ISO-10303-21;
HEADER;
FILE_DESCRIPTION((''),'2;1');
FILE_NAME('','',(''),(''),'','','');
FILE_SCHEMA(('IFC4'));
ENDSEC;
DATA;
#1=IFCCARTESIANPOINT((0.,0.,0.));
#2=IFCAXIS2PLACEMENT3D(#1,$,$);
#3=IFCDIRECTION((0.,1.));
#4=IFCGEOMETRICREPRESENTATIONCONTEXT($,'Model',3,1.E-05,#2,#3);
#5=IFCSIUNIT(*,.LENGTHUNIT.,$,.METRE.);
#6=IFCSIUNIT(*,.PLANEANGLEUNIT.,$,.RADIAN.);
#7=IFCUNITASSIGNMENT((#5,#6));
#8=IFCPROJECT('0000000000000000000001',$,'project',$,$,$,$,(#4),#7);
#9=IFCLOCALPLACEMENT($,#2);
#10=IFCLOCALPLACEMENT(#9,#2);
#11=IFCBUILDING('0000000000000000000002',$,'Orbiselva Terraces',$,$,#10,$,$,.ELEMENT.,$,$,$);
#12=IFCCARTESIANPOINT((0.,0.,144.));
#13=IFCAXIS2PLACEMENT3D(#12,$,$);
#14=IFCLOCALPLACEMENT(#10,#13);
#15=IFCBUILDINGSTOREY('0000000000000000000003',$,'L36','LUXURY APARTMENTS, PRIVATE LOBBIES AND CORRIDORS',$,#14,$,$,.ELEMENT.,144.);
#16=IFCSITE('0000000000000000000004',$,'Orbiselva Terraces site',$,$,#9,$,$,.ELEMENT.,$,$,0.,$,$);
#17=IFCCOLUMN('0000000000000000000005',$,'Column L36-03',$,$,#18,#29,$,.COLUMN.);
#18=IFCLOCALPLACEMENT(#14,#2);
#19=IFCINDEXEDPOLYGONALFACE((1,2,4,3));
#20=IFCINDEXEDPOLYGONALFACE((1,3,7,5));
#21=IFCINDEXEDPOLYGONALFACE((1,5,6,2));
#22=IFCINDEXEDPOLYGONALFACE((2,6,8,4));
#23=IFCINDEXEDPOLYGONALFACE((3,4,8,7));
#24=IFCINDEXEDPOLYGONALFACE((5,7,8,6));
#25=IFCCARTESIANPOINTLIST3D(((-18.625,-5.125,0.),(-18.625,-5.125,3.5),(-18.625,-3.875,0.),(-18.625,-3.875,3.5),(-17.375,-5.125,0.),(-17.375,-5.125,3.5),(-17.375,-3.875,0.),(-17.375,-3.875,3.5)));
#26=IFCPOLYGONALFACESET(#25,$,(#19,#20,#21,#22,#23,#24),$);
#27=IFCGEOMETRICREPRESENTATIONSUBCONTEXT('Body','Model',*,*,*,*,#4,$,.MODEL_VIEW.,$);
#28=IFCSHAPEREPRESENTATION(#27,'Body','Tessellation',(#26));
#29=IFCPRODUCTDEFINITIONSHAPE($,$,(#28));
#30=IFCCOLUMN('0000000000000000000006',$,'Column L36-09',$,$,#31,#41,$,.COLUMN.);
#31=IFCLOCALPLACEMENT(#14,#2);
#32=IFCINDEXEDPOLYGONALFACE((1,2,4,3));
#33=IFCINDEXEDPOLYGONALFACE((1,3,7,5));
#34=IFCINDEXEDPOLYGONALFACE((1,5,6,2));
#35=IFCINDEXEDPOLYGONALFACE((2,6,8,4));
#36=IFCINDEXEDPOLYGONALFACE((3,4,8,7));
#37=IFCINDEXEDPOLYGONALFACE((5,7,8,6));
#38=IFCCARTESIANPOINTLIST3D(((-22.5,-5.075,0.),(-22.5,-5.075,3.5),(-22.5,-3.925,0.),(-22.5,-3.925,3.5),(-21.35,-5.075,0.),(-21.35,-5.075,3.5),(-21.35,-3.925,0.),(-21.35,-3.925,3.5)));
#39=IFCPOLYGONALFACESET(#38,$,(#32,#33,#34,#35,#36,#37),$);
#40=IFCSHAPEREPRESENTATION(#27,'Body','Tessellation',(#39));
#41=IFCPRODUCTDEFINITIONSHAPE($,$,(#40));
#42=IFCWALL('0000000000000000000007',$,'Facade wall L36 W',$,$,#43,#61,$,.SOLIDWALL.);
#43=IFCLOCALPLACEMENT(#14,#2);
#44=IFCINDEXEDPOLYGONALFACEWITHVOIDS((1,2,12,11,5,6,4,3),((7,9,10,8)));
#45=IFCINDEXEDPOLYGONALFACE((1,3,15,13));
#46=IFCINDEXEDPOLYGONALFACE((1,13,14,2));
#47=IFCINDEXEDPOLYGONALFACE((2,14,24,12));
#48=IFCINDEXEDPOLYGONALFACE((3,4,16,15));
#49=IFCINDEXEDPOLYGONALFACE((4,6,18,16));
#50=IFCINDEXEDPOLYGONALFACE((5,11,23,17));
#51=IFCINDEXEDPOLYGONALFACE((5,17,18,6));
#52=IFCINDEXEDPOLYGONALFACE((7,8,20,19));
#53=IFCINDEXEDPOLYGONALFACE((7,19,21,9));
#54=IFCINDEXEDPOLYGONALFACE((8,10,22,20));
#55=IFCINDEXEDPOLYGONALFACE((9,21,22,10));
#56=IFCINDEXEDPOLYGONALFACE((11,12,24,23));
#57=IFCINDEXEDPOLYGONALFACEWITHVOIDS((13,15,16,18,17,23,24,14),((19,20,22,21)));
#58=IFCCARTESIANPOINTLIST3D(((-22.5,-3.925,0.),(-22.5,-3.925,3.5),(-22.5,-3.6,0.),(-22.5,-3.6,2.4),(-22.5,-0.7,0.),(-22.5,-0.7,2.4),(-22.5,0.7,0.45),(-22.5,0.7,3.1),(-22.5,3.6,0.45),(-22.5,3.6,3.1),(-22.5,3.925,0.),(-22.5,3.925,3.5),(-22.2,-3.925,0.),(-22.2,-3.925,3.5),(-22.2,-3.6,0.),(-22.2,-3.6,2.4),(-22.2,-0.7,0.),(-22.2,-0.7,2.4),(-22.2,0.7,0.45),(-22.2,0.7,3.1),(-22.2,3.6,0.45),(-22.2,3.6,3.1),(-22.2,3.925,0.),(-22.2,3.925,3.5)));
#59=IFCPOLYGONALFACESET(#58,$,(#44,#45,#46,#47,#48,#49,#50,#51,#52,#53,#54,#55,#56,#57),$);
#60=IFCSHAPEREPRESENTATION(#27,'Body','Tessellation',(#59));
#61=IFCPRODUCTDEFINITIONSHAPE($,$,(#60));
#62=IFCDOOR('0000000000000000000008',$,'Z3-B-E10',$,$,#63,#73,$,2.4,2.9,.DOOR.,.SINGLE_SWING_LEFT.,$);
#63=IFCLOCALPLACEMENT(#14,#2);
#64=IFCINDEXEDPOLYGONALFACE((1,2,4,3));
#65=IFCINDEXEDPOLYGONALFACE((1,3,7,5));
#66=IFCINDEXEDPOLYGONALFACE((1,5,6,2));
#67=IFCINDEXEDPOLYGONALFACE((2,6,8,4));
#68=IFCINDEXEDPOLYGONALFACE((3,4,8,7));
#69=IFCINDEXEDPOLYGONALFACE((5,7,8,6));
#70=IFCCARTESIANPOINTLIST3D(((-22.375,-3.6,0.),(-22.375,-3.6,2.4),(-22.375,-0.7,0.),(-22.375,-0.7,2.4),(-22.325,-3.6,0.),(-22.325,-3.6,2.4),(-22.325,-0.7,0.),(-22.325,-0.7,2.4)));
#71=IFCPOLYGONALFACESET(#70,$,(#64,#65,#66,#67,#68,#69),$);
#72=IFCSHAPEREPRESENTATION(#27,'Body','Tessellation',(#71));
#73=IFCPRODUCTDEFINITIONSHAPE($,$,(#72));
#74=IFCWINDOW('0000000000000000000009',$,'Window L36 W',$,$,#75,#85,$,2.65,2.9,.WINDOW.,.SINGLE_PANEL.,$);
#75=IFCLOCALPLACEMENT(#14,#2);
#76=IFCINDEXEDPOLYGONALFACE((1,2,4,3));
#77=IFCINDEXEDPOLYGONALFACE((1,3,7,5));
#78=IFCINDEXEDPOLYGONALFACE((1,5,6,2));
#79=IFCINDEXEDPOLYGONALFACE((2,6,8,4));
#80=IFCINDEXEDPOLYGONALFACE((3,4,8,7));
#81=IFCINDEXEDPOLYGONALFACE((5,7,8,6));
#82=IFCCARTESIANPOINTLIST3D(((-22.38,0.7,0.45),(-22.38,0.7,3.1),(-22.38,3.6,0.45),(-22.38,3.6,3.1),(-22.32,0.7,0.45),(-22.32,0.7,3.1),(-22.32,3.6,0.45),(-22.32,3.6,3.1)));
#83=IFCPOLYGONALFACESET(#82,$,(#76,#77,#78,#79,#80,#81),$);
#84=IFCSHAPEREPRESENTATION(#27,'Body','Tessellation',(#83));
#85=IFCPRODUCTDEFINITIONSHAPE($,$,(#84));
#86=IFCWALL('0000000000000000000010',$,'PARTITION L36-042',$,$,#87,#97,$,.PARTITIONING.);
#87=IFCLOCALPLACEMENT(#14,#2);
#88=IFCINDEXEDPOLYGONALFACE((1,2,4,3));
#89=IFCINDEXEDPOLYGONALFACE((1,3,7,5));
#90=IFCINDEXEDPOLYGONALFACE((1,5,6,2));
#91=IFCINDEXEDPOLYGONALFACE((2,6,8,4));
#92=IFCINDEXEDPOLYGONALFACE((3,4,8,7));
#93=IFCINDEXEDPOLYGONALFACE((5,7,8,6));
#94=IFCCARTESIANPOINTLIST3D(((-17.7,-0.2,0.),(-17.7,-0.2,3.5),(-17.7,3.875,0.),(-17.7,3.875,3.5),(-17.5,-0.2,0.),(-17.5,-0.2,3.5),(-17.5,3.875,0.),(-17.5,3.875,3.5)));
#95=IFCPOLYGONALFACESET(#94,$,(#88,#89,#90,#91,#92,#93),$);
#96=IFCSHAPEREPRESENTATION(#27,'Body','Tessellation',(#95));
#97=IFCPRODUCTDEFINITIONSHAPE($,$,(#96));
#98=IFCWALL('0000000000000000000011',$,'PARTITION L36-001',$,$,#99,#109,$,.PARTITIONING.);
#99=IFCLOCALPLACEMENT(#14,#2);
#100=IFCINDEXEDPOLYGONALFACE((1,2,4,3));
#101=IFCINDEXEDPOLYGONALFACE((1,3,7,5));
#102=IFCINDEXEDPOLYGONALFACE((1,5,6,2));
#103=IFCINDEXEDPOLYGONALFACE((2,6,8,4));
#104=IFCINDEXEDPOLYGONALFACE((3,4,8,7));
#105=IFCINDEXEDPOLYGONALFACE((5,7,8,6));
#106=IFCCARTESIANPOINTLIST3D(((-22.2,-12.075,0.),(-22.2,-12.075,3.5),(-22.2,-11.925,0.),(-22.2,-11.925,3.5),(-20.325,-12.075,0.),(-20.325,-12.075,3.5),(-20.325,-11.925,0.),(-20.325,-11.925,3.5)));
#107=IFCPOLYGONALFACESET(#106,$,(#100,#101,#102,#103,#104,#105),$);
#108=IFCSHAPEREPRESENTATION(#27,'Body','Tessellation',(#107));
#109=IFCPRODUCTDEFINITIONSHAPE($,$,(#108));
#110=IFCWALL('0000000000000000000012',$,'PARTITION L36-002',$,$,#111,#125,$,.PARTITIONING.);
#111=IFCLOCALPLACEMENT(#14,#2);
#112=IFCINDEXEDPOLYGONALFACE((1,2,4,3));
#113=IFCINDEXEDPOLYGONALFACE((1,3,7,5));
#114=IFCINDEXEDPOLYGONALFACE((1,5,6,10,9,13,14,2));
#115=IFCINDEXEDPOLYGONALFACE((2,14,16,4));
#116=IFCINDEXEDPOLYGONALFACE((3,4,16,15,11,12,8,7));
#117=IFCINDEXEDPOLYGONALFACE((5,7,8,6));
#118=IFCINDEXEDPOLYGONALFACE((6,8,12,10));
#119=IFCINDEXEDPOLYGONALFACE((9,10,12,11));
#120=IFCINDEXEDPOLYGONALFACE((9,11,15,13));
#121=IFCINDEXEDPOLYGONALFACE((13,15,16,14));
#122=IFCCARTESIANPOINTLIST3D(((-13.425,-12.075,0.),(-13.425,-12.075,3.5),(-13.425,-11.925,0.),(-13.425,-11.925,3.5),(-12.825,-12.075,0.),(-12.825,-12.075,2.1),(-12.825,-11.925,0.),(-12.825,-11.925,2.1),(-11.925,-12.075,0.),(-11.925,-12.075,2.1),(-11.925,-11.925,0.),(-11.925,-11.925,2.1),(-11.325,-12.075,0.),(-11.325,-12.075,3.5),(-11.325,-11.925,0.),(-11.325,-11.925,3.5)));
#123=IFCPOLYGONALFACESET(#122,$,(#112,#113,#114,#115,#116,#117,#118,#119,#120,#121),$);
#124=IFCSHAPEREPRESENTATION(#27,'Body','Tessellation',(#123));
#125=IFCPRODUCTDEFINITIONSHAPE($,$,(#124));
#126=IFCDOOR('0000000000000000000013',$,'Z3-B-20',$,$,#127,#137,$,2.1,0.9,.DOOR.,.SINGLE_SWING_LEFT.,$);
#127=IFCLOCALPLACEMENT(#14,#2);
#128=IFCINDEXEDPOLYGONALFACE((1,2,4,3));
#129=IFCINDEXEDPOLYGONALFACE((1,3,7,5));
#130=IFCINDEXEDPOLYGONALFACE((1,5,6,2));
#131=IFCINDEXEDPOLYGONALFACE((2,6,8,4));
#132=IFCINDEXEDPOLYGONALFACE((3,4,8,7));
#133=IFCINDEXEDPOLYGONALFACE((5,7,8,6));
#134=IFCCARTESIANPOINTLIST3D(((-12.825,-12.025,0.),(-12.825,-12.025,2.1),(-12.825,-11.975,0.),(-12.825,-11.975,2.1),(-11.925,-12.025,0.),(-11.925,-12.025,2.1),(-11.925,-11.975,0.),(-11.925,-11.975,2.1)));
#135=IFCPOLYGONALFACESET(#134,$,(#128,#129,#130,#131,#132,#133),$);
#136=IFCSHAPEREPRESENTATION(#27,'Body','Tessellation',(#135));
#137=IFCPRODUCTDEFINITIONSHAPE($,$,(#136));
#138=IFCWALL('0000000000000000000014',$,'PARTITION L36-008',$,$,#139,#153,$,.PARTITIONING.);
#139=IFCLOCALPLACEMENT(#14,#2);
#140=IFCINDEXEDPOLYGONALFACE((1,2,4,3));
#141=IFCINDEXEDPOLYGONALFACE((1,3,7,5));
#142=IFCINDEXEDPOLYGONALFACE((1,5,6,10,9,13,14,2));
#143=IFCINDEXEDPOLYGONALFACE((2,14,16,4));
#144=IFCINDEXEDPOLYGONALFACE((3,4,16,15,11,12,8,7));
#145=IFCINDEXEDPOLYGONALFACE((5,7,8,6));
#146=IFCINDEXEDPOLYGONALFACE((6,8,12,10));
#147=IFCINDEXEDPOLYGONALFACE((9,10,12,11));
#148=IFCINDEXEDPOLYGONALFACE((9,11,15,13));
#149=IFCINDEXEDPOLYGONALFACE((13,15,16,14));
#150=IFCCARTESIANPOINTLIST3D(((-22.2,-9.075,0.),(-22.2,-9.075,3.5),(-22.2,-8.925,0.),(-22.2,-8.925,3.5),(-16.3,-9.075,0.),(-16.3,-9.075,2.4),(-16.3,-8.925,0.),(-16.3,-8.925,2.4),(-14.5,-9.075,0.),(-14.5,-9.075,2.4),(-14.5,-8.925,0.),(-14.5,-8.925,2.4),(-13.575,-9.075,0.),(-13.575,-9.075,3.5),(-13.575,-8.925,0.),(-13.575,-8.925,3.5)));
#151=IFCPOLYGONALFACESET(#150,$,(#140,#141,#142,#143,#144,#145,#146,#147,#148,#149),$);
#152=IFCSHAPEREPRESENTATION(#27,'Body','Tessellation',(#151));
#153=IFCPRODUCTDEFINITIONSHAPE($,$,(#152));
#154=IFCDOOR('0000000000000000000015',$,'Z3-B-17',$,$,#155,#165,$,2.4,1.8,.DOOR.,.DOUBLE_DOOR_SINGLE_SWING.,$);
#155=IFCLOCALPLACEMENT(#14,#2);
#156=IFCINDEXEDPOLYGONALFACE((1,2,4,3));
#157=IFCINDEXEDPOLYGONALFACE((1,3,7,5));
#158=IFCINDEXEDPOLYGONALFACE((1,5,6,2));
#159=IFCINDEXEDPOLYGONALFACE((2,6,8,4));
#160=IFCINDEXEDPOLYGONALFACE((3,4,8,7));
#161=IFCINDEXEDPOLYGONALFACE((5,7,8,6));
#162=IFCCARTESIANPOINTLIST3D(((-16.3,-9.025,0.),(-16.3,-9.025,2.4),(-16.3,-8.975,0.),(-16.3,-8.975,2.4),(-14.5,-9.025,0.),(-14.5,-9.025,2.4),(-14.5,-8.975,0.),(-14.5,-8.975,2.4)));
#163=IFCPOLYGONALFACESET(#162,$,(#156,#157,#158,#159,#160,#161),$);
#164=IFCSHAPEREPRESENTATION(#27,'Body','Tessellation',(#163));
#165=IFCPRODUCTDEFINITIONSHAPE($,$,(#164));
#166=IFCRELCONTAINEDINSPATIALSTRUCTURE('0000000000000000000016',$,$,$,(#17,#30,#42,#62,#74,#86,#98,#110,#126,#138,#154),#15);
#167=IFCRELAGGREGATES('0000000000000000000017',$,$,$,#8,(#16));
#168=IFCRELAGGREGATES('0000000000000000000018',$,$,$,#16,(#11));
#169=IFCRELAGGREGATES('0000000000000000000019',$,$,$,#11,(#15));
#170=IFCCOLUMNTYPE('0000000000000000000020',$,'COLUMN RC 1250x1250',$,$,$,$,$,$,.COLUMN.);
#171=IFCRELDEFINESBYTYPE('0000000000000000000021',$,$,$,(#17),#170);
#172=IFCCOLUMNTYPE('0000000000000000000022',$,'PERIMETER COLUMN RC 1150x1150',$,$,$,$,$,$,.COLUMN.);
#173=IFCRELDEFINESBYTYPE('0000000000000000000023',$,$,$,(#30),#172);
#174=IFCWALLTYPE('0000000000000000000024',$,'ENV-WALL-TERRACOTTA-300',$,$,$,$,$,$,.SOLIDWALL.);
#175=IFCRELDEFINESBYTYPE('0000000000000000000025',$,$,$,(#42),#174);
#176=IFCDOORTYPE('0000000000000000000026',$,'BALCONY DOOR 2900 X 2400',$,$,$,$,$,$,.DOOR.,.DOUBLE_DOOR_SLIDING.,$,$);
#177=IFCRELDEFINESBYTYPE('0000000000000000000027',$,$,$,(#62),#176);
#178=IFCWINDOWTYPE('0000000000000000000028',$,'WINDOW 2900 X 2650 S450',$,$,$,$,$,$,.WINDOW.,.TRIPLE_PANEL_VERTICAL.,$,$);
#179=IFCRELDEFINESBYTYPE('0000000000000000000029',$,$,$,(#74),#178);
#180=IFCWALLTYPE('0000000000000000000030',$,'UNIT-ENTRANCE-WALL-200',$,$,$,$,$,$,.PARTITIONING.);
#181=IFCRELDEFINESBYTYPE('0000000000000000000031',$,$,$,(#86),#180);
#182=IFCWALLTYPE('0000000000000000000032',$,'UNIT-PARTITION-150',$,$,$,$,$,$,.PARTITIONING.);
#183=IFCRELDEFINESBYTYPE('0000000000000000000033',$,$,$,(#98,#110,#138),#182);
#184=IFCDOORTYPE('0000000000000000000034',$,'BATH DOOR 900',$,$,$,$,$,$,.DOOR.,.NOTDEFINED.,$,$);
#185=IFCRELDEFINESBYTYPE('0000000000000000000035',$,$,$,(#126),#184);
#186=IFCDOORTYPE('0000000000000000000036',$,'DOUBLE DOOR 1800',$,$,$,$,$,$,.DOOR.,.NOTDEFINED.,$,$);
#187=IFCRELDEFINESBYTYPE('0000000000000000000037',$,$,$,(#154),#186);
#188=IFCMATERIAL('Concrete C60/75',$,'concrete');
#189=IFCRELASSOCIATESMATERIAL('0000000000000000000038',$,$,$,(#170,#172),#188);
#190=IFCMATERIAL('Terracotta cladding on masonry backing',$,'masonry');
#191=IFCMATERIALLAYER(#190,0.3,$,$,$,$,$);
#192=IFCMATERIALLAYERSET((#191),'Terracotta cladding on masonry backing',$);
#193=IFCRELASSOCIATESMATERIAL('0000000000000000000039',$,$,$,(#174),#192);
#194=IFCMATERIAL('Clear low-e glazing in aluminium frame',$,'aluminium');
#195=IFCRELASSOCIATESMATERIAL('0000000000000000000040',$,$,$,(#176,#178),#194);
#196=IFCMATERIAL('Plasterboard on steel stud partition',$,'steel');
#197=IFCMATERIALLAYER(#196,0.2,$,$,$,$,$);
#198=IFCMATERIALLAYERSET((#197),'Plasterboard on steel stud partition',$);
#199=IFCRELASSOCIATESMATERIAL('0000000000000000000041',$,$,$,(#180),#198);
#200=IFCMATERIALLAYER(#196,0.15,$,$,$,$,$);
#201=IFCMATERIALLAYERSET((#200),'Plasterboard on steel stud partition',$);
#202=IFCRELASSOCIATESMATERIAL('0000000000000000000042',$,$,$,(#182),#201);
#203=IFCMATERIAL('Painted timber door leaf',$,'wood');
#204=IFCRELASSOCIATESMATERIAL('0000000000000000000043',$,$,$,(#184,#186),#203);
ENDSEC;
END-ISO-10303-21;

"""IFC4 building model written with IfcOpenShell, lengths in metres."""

from ifc_helpers import new_model, si_unit, direction, frame, frame_2d, origin, origin_2d, place, context, subcontext, project, spatial, rectangle, extrude, material, layer, layer_set, material_profile, profile_set, type_object, element, fill, save


model = new_model("IFC4")

# Units and contexts
model_context = context("Model", 3, precision=1e-05, world=origin(), true_north=direction((0.0, 1.0)))
body_context = subcontext(model_context, "Body", "Model", "MODEL_VIEW")
ifc_project = project(units=[si_unit("LENGTHUNIT", "METRE"), si_unit("PLANEANGLEUNIT", "RADIAN")], contexts=[model_context])

# Site, building, storey
site_placement = place(None, origin())
site = spatial("IfcSite", under=ifc_project, at=site_placement, Name="Orbiselva Terraces site", CompositionType="ELEMENT", RefElevation=0.0)
building_placement = place(site_placement, origin())
building = spatial("IfcBuilding", under=site, at=building_placement, Name="Orbiselva Terraces", CompositionType="ELEMENT")
storey_placement = place(building_placement, frame((0.0, 0.0, 144.0)))
storey = spatial("IfcBuildingStorey", under=building, at=storey_placement, Name="L36", Description="LUXURY APARTMENTS, PRIVATE LOBBIES AND CORRIDORS", CompositionType="ELEMENT", Elevation=144.0)

# Columns
ifc_material_1 = material(Name="Concrete C60/75", Category="concrete")
ifc_material_profile_1 = material_profile(ifc_material_1, rectangle(XDim=1.25, YDim=1.25, at=origin_2d()), Name="RC 1250x1250")
ifc_profile_set_1 = profile_set([ifc_material_profile_1], Name="Concrete C60/75")
column_type_1 = type_object("IfcColumnType", Name="COLUMN RC 1250x1250", PredefinedType="COLUMN", material=ifc_profile_set_1)
column_1_placement = place(storey_placement, frame((-18.0, -4.5, 0.0), z_axis=(0.0, 0.0, 1.0), x_axis=(1.0, 0.0, 0.0)))
element("IfcColumn", 1, at=column_1_placement, inside=storey, type_object=column_type_1, Name="Column L36-03", PredefinedType="COLUMN", context=body_context, shape_type="SweptSolid", body=[
    extrude(rectangle(XDim=1.25, YDim=1.25, at=origin_2d()), origin(), (0.0, 0.0, 1.0), 3.5),
])
ifc_material_profile_2 = material_profile(ifc_material_1, rectangle(XDim=1.15, YDim=1.15, at=origin_2d()), Name="RC 1150x1150")
ifc_profile_set_2 = profile_set([ifc_material_profile_2], Name="Concrete C60/75")
column_type_2 = type_object("IfcColumnType", Name="PERIMETER COLUMN RC 1150x1150", PredefinedType="COLUMN", material=ifc_profile_set_2)
column_2_placement = place(storey_placement, frame((-21.925, -4.5, 0.0), z_axis=(0.0, 0.0, 1.0), x_axis=(1.0, 0.0, 0.0)))
element("IfcColumn", 2, at=column_2_placement, inside=storey, type_object=column_type_2, Name="Column L36-09", PredefinedType="COLUMN", context=body_context, shape_type="SweptSolid", body=[
    extrude(rectangle(XDim=1.15, YDim=1.15, at=origin_2d()), origin(), (0.0, 0.0, 1.0), 3.5),
])

# Wall, openings, door, window
ifc_material_2 = material(Name="Terracotta cladding on masonry backing", Category="masonry")
ifc_layer_1 = layer(ifc_material_2, 0.3)
ifc_layer_set_1 = layer_set([ifc_layer_1], Name="Terracotta cladding on masonry backing")
wall_type_1 = type_object("IfcWallType", Name="ENV-WALL-TERRACOTTA-300", PredefinedType="SOLIDWALL", material=ifc_layer_set_1)
wall_1_placement = place(storey_placement, frame((-22.35, -3.925, 0.0), z_axis=(0.0, 0.0, 1.0), x_axis=(0.0, 1.0, 0.0)))
wall_1 = element("IfcWall", 3, at=wall_1_placement, inside=storey, type_object=wall_type_1, Name="Facade wall L36 W", PredefinedType="SOLIDWALL", context=body_context, shape_type="SweptSolid", body=[
    extrude(rectangle(XDim=7.85, YDim=0.3, at=frame_2d((3.925, 0.0))), origin(), (0.0, 0.0, 1.0), 3.5),
])
opening_1_placement = place(wall_1_placement, frame((4.625, 0.0, 0.45)))
opening_1 = element("IfcOpeningElement", 4, at=opening_1_placement, cuts=wall_1, PredefinedType="OPENING", context=body_context, shape_type="SweptSolid", body=[
    extrude(rectangle(XDim=2.9, YDim=2.65, at=frame_2d((1.45, 1.325))), frame((0.0, 0.16, 0.0), z_axis=(0.0, -1.0, 0.0), x_axis=(1.0, 0.0, 0.0)), (0.0, 0.0, 1.0), 0.32),
])
opening_2_placement = place(wall_1_placement, frame((0.325, 0.0, 0.0)))
opening_2 = element("IfcOpeningElement", 5, at=opening_2_placement, cuts=wall_1, PredefinedType="OPENING", context=body_context, shape_type="SweptSolid", body=[
    extrude(rectangle(XDim=2.9, YDim=2.4, at=frame_2d((1.45, 1.2))), frame((0.0, 0.16, 0.0), z_axis=(0.0, -1.0, 0.0), x_axis=(1.0, 0.0, 0.0)), (0.0, 0.0, 1.0), 0.32),
])
ifc_material_3 = material(Name="Clear low-e glazing in aluminium frame", Category="aluminium")
door_type_1 = type_object("IfcDoorType", Name="BALCONY DOOR 2900 X 2400", OperationType="DOUBLE_DOOR_SLIDING", PredefinedType="DOOR", material=ifc_material_3)
door_1_placement = place(opening_2_placement, origin())
door_1 = element("IfcDoor", 6, at=door_1_placement, inside=storey, type_object=door_type_1, Name="Z3-B-E10", OperationType="SINGLE_SWING_LEFT", OverallHeight=2.4, OverallWidth=2.9, PredefinedType="DOOR", context=body_context, shape_type="SweptSolid", body=[
    extrude(rectangle(XDim=2.9, YDim=2.4, at=frame_2d((1.45, 1.2))), frame((0.0, 0.025, 0.0), z_axis=(0.0, -1.0, 0.0), x_axis=(1.0, 0.0, 0.0)), (0.0, 0.0, 1.0), 0.05),
])
fill(opening_2, door_1)
window_type = type_object("IfcWindowType", Name="WINDOW 2900 X 2650 S450", PartitioningType="TRIPLE_PANEL_VERTICAL", PredefinedType="WINDOW", material=ifc_material_3)
window_placement = place(opening_1_placement, origin())
window = element("IfcWindow", 7, at=window_placement, inside=storey, type_object=window_type, Name="Window L36 W", OverallHeight=2.65, OverallWidth=2.9, PartitioningType="SINGLE_PANEL", PredefinedType="WINDOW", context=body_context, shape_type="SweptSolid", body=[
    extrude(rectangle(XDim=2.9, YDim=2.65, at=frame_2d((1.45, 1.325))), frame((0.0, 0.03, 0.0), z_axis=(0.0, -1.0, 0.0), x_axis=(1.0, 0.0, 0.0)), (0.0, 0.0, 1.0), 0.06),
])
fill(opening_1, window)

# Walls
ifc_material_4 = material(Name="Plasterboard on steel stud partition", Category="steel")
ifc_layer_2 = layer(ifc_material_4, 0.2)
ifc_layer_set_2 = layer_set([ifc_layer_2], Name="Plasterboard on steel stud partition")
wall_type_2 = type_object("IfcWallType", Name="UNIT-ENTRANCE-WALL-200", PredefinedType="PARTITIONING", material=ifc_layer_set_2)
wall_2_placement = place(storey_placement, frame((-17.6, -0.2, 0.0), z_axis=(0.0, 0.0, 1.0), x_axis=(0.0, 1.0, 0.0)))
element("IfcWall", 8, at=wall_2_placement, inside=storey, type_object=wall_type_2, Name="PARTITION L36-042", PredefinedType="PARTITIONING", context=body_context, shape_type="SweptSolid", body=[
    extrude(rectangle(XDim=4.075, YDim=0.2, at=frame_2d((2.0375, 0.0))), origin(), (0.0, 0.0, 1.0), 3.5),
])
ifc_layer_3 = layer(ifc_material_4, 0.15)
ifc_layer_set_3 = layer_set([ifc_layer_3], Name="Plasterboard on steel stud partition")
wall_type_3 = type_object("IfcWallType", Name="UNIT-PARTITION-150", PredefinedType="PARTITIONING", material=ifc_layer_set_3)
wall_3_placement = place(storey_placement, frame((-22.2, -12.0, 0.0), z_axis=(0.0, 0.0, 1.0), x_axis=(1.0, 0.0, 0.0)))
element("IfcWall", 9, at=wall_3_placement, inside=storey, type_object=wall_type_3, Name="PARTITION L36-001", PredefinedType="PARTITIONING", context=body_context, shape_type="SweptSolid", body=[
    extrude(rectangle(XDim=1.875, YDim=0.15, at=frame_2d((0.9375, 0.0))), origin(), (0.0, 0.0, 1.0), 3.5),
])

# Walls, openings, doors
wall_4_placement = place(storey_placement, frame((-13.425, -12.0, 0.0), z_axis=(0.0, 0.0, 1.0), x_axis=(1.0, 0.0, 0.0)))
wall_4 = element("IfcWall", 10, at=wall_4_placement, inside=storey, type_object=wall_type_3, Name="PARTITION L36-002", PredefinedType="PARTITIONING", context=body_context, shape_type="SweptSolid", body=[
    extrude(rectangle(XDim=2.1, YDim=0.15, at=frame_2d((1.05, 0.0))), origin(), (0.0, 0.0, 1.0), 3.5),
])
opening_3_placement = place(wall_4_placement, frame((0.6, 0.0, 0.0)))
opening_3 = element("IfcOpeningElement", 11, at=opening_3_placement, cuts=wall_4, PredefinedType="OPENING", context=body_context, shape_type="SweptSolid", body=[
    extrude(rectangle(XDim=0.9, YDim=2.1, at=frame_2d((0.45, 1.05))), frame((0.0, 0.085, 0.0), z_axis=(0.0, -1.0, 0.0), x_axis=(1.0, 0.0, 0.0)), (0.0, 0.0, 1.0), 0.17),
])
ifc_material_5 = material(Name="Painted timber door leaf", Category="wood")
door_type_2 = type_object("IfcDoorType", Name="BATH DOOR 900", OperationType="NOTDEFINED", PredefinedType="DOOR", material=ifc_material_5)
door_2_placement = place(opening_3_placement, origin())
door_2 = element("IfcDoor", 12, at=door_2_placement, inside=storey, type_object=door_type_2, Name="Z3-B-20", OperationType="SINGLE_SWING_LEFT", OverallHeight=2.1, OverallWidth=0.9, PredefinedType="DOOR", context=body_context, shape_type="SweptSolid", body=[
    extrude(rectangle(XDim=0.9, YDim=2.1, at=frame_2d((0.45, 1.05))), frame((0.0, 0.025, 0.0), z_axis=(0.0, -1.0, 0.0), x_axis=(1.0, 0.0, 0.0)), (0.0, 0.0, 1.0), 0.05),
])
fill(opening_3, door_2)
wall_5_placement = place(storey_placement, frame((-13.575, -9.0, 0.0), z_axis=(0.0, 0.0, 1.0), x_axis=(-1.0, 0.0, 0.0)))
wall_5 = element("IfcWall", 13, at=wall_5_placement, inside=storey, type_object=wall_type_3, Name="PARTITION L36-008", PredefinedType="PARTITIONING", context=body_context, shape_type="SweptSolid", body=[
    extrude(rectangle(XDim=8.625, YDim=0.15, at=frame_2d((4.3125, 0.0))), origin(), (0.0, 0.0, 1.0), 3.5),
])
opening_4_placement = place(wall_5_placement, frame((0.925, 0.0, 0.0)))
opening_4 = element("IfcOpeningElement", 14, at=opening_4_placement, cuts=wall_5, PredefinedType="OPENING", context=body_context, shape_type="SweptSolid", body=[
    extrude(rectangle(XDim=1.8, YDim=2.4, at=frame_2d((0.9, 1.2))), frame((0.0, 0.085, 0.0), z_axis=(0.0, -1.0, 0.0), x_axis=(1.0, 0.0, 0.0)), (0.0, 0.0, 1.0), 0.17),
])
door_type_3 = type_object("IfcDoorType", Name="DOUBLE DOOR 1800", OperationType="NOTDEFINED", PredefinedType="DOOR", material=ifc_material_5)
door_3_placement = place(opening_4_placement, origin())
door_3 = element("IfcDoor", 15, at=door_3_placement, inside=storey, type_object=door_type_3, Name="Z3-B-17", OperationType="DOUBLE_DOOR_SINGLE_SWING", OverallHeight=2.4, OverallWidth=1.8, PredefinedType="DOOR", context=body_context, shape_type="SweptSolid", body=[
    extrude(rectangle(XDim=1.8, YDim=2.4, at=frame_2d((0.9, 1.2))), frame((0.0, 0.025, 0.0), z_axis=(0.0, -1.0, 0.0), x_axis=(1.0, 0.0, 0.0)), (0.0, 0.0, 1.0), 0.05),
])
fill(opening_4, door_3)

save(model, "model.ifc")
